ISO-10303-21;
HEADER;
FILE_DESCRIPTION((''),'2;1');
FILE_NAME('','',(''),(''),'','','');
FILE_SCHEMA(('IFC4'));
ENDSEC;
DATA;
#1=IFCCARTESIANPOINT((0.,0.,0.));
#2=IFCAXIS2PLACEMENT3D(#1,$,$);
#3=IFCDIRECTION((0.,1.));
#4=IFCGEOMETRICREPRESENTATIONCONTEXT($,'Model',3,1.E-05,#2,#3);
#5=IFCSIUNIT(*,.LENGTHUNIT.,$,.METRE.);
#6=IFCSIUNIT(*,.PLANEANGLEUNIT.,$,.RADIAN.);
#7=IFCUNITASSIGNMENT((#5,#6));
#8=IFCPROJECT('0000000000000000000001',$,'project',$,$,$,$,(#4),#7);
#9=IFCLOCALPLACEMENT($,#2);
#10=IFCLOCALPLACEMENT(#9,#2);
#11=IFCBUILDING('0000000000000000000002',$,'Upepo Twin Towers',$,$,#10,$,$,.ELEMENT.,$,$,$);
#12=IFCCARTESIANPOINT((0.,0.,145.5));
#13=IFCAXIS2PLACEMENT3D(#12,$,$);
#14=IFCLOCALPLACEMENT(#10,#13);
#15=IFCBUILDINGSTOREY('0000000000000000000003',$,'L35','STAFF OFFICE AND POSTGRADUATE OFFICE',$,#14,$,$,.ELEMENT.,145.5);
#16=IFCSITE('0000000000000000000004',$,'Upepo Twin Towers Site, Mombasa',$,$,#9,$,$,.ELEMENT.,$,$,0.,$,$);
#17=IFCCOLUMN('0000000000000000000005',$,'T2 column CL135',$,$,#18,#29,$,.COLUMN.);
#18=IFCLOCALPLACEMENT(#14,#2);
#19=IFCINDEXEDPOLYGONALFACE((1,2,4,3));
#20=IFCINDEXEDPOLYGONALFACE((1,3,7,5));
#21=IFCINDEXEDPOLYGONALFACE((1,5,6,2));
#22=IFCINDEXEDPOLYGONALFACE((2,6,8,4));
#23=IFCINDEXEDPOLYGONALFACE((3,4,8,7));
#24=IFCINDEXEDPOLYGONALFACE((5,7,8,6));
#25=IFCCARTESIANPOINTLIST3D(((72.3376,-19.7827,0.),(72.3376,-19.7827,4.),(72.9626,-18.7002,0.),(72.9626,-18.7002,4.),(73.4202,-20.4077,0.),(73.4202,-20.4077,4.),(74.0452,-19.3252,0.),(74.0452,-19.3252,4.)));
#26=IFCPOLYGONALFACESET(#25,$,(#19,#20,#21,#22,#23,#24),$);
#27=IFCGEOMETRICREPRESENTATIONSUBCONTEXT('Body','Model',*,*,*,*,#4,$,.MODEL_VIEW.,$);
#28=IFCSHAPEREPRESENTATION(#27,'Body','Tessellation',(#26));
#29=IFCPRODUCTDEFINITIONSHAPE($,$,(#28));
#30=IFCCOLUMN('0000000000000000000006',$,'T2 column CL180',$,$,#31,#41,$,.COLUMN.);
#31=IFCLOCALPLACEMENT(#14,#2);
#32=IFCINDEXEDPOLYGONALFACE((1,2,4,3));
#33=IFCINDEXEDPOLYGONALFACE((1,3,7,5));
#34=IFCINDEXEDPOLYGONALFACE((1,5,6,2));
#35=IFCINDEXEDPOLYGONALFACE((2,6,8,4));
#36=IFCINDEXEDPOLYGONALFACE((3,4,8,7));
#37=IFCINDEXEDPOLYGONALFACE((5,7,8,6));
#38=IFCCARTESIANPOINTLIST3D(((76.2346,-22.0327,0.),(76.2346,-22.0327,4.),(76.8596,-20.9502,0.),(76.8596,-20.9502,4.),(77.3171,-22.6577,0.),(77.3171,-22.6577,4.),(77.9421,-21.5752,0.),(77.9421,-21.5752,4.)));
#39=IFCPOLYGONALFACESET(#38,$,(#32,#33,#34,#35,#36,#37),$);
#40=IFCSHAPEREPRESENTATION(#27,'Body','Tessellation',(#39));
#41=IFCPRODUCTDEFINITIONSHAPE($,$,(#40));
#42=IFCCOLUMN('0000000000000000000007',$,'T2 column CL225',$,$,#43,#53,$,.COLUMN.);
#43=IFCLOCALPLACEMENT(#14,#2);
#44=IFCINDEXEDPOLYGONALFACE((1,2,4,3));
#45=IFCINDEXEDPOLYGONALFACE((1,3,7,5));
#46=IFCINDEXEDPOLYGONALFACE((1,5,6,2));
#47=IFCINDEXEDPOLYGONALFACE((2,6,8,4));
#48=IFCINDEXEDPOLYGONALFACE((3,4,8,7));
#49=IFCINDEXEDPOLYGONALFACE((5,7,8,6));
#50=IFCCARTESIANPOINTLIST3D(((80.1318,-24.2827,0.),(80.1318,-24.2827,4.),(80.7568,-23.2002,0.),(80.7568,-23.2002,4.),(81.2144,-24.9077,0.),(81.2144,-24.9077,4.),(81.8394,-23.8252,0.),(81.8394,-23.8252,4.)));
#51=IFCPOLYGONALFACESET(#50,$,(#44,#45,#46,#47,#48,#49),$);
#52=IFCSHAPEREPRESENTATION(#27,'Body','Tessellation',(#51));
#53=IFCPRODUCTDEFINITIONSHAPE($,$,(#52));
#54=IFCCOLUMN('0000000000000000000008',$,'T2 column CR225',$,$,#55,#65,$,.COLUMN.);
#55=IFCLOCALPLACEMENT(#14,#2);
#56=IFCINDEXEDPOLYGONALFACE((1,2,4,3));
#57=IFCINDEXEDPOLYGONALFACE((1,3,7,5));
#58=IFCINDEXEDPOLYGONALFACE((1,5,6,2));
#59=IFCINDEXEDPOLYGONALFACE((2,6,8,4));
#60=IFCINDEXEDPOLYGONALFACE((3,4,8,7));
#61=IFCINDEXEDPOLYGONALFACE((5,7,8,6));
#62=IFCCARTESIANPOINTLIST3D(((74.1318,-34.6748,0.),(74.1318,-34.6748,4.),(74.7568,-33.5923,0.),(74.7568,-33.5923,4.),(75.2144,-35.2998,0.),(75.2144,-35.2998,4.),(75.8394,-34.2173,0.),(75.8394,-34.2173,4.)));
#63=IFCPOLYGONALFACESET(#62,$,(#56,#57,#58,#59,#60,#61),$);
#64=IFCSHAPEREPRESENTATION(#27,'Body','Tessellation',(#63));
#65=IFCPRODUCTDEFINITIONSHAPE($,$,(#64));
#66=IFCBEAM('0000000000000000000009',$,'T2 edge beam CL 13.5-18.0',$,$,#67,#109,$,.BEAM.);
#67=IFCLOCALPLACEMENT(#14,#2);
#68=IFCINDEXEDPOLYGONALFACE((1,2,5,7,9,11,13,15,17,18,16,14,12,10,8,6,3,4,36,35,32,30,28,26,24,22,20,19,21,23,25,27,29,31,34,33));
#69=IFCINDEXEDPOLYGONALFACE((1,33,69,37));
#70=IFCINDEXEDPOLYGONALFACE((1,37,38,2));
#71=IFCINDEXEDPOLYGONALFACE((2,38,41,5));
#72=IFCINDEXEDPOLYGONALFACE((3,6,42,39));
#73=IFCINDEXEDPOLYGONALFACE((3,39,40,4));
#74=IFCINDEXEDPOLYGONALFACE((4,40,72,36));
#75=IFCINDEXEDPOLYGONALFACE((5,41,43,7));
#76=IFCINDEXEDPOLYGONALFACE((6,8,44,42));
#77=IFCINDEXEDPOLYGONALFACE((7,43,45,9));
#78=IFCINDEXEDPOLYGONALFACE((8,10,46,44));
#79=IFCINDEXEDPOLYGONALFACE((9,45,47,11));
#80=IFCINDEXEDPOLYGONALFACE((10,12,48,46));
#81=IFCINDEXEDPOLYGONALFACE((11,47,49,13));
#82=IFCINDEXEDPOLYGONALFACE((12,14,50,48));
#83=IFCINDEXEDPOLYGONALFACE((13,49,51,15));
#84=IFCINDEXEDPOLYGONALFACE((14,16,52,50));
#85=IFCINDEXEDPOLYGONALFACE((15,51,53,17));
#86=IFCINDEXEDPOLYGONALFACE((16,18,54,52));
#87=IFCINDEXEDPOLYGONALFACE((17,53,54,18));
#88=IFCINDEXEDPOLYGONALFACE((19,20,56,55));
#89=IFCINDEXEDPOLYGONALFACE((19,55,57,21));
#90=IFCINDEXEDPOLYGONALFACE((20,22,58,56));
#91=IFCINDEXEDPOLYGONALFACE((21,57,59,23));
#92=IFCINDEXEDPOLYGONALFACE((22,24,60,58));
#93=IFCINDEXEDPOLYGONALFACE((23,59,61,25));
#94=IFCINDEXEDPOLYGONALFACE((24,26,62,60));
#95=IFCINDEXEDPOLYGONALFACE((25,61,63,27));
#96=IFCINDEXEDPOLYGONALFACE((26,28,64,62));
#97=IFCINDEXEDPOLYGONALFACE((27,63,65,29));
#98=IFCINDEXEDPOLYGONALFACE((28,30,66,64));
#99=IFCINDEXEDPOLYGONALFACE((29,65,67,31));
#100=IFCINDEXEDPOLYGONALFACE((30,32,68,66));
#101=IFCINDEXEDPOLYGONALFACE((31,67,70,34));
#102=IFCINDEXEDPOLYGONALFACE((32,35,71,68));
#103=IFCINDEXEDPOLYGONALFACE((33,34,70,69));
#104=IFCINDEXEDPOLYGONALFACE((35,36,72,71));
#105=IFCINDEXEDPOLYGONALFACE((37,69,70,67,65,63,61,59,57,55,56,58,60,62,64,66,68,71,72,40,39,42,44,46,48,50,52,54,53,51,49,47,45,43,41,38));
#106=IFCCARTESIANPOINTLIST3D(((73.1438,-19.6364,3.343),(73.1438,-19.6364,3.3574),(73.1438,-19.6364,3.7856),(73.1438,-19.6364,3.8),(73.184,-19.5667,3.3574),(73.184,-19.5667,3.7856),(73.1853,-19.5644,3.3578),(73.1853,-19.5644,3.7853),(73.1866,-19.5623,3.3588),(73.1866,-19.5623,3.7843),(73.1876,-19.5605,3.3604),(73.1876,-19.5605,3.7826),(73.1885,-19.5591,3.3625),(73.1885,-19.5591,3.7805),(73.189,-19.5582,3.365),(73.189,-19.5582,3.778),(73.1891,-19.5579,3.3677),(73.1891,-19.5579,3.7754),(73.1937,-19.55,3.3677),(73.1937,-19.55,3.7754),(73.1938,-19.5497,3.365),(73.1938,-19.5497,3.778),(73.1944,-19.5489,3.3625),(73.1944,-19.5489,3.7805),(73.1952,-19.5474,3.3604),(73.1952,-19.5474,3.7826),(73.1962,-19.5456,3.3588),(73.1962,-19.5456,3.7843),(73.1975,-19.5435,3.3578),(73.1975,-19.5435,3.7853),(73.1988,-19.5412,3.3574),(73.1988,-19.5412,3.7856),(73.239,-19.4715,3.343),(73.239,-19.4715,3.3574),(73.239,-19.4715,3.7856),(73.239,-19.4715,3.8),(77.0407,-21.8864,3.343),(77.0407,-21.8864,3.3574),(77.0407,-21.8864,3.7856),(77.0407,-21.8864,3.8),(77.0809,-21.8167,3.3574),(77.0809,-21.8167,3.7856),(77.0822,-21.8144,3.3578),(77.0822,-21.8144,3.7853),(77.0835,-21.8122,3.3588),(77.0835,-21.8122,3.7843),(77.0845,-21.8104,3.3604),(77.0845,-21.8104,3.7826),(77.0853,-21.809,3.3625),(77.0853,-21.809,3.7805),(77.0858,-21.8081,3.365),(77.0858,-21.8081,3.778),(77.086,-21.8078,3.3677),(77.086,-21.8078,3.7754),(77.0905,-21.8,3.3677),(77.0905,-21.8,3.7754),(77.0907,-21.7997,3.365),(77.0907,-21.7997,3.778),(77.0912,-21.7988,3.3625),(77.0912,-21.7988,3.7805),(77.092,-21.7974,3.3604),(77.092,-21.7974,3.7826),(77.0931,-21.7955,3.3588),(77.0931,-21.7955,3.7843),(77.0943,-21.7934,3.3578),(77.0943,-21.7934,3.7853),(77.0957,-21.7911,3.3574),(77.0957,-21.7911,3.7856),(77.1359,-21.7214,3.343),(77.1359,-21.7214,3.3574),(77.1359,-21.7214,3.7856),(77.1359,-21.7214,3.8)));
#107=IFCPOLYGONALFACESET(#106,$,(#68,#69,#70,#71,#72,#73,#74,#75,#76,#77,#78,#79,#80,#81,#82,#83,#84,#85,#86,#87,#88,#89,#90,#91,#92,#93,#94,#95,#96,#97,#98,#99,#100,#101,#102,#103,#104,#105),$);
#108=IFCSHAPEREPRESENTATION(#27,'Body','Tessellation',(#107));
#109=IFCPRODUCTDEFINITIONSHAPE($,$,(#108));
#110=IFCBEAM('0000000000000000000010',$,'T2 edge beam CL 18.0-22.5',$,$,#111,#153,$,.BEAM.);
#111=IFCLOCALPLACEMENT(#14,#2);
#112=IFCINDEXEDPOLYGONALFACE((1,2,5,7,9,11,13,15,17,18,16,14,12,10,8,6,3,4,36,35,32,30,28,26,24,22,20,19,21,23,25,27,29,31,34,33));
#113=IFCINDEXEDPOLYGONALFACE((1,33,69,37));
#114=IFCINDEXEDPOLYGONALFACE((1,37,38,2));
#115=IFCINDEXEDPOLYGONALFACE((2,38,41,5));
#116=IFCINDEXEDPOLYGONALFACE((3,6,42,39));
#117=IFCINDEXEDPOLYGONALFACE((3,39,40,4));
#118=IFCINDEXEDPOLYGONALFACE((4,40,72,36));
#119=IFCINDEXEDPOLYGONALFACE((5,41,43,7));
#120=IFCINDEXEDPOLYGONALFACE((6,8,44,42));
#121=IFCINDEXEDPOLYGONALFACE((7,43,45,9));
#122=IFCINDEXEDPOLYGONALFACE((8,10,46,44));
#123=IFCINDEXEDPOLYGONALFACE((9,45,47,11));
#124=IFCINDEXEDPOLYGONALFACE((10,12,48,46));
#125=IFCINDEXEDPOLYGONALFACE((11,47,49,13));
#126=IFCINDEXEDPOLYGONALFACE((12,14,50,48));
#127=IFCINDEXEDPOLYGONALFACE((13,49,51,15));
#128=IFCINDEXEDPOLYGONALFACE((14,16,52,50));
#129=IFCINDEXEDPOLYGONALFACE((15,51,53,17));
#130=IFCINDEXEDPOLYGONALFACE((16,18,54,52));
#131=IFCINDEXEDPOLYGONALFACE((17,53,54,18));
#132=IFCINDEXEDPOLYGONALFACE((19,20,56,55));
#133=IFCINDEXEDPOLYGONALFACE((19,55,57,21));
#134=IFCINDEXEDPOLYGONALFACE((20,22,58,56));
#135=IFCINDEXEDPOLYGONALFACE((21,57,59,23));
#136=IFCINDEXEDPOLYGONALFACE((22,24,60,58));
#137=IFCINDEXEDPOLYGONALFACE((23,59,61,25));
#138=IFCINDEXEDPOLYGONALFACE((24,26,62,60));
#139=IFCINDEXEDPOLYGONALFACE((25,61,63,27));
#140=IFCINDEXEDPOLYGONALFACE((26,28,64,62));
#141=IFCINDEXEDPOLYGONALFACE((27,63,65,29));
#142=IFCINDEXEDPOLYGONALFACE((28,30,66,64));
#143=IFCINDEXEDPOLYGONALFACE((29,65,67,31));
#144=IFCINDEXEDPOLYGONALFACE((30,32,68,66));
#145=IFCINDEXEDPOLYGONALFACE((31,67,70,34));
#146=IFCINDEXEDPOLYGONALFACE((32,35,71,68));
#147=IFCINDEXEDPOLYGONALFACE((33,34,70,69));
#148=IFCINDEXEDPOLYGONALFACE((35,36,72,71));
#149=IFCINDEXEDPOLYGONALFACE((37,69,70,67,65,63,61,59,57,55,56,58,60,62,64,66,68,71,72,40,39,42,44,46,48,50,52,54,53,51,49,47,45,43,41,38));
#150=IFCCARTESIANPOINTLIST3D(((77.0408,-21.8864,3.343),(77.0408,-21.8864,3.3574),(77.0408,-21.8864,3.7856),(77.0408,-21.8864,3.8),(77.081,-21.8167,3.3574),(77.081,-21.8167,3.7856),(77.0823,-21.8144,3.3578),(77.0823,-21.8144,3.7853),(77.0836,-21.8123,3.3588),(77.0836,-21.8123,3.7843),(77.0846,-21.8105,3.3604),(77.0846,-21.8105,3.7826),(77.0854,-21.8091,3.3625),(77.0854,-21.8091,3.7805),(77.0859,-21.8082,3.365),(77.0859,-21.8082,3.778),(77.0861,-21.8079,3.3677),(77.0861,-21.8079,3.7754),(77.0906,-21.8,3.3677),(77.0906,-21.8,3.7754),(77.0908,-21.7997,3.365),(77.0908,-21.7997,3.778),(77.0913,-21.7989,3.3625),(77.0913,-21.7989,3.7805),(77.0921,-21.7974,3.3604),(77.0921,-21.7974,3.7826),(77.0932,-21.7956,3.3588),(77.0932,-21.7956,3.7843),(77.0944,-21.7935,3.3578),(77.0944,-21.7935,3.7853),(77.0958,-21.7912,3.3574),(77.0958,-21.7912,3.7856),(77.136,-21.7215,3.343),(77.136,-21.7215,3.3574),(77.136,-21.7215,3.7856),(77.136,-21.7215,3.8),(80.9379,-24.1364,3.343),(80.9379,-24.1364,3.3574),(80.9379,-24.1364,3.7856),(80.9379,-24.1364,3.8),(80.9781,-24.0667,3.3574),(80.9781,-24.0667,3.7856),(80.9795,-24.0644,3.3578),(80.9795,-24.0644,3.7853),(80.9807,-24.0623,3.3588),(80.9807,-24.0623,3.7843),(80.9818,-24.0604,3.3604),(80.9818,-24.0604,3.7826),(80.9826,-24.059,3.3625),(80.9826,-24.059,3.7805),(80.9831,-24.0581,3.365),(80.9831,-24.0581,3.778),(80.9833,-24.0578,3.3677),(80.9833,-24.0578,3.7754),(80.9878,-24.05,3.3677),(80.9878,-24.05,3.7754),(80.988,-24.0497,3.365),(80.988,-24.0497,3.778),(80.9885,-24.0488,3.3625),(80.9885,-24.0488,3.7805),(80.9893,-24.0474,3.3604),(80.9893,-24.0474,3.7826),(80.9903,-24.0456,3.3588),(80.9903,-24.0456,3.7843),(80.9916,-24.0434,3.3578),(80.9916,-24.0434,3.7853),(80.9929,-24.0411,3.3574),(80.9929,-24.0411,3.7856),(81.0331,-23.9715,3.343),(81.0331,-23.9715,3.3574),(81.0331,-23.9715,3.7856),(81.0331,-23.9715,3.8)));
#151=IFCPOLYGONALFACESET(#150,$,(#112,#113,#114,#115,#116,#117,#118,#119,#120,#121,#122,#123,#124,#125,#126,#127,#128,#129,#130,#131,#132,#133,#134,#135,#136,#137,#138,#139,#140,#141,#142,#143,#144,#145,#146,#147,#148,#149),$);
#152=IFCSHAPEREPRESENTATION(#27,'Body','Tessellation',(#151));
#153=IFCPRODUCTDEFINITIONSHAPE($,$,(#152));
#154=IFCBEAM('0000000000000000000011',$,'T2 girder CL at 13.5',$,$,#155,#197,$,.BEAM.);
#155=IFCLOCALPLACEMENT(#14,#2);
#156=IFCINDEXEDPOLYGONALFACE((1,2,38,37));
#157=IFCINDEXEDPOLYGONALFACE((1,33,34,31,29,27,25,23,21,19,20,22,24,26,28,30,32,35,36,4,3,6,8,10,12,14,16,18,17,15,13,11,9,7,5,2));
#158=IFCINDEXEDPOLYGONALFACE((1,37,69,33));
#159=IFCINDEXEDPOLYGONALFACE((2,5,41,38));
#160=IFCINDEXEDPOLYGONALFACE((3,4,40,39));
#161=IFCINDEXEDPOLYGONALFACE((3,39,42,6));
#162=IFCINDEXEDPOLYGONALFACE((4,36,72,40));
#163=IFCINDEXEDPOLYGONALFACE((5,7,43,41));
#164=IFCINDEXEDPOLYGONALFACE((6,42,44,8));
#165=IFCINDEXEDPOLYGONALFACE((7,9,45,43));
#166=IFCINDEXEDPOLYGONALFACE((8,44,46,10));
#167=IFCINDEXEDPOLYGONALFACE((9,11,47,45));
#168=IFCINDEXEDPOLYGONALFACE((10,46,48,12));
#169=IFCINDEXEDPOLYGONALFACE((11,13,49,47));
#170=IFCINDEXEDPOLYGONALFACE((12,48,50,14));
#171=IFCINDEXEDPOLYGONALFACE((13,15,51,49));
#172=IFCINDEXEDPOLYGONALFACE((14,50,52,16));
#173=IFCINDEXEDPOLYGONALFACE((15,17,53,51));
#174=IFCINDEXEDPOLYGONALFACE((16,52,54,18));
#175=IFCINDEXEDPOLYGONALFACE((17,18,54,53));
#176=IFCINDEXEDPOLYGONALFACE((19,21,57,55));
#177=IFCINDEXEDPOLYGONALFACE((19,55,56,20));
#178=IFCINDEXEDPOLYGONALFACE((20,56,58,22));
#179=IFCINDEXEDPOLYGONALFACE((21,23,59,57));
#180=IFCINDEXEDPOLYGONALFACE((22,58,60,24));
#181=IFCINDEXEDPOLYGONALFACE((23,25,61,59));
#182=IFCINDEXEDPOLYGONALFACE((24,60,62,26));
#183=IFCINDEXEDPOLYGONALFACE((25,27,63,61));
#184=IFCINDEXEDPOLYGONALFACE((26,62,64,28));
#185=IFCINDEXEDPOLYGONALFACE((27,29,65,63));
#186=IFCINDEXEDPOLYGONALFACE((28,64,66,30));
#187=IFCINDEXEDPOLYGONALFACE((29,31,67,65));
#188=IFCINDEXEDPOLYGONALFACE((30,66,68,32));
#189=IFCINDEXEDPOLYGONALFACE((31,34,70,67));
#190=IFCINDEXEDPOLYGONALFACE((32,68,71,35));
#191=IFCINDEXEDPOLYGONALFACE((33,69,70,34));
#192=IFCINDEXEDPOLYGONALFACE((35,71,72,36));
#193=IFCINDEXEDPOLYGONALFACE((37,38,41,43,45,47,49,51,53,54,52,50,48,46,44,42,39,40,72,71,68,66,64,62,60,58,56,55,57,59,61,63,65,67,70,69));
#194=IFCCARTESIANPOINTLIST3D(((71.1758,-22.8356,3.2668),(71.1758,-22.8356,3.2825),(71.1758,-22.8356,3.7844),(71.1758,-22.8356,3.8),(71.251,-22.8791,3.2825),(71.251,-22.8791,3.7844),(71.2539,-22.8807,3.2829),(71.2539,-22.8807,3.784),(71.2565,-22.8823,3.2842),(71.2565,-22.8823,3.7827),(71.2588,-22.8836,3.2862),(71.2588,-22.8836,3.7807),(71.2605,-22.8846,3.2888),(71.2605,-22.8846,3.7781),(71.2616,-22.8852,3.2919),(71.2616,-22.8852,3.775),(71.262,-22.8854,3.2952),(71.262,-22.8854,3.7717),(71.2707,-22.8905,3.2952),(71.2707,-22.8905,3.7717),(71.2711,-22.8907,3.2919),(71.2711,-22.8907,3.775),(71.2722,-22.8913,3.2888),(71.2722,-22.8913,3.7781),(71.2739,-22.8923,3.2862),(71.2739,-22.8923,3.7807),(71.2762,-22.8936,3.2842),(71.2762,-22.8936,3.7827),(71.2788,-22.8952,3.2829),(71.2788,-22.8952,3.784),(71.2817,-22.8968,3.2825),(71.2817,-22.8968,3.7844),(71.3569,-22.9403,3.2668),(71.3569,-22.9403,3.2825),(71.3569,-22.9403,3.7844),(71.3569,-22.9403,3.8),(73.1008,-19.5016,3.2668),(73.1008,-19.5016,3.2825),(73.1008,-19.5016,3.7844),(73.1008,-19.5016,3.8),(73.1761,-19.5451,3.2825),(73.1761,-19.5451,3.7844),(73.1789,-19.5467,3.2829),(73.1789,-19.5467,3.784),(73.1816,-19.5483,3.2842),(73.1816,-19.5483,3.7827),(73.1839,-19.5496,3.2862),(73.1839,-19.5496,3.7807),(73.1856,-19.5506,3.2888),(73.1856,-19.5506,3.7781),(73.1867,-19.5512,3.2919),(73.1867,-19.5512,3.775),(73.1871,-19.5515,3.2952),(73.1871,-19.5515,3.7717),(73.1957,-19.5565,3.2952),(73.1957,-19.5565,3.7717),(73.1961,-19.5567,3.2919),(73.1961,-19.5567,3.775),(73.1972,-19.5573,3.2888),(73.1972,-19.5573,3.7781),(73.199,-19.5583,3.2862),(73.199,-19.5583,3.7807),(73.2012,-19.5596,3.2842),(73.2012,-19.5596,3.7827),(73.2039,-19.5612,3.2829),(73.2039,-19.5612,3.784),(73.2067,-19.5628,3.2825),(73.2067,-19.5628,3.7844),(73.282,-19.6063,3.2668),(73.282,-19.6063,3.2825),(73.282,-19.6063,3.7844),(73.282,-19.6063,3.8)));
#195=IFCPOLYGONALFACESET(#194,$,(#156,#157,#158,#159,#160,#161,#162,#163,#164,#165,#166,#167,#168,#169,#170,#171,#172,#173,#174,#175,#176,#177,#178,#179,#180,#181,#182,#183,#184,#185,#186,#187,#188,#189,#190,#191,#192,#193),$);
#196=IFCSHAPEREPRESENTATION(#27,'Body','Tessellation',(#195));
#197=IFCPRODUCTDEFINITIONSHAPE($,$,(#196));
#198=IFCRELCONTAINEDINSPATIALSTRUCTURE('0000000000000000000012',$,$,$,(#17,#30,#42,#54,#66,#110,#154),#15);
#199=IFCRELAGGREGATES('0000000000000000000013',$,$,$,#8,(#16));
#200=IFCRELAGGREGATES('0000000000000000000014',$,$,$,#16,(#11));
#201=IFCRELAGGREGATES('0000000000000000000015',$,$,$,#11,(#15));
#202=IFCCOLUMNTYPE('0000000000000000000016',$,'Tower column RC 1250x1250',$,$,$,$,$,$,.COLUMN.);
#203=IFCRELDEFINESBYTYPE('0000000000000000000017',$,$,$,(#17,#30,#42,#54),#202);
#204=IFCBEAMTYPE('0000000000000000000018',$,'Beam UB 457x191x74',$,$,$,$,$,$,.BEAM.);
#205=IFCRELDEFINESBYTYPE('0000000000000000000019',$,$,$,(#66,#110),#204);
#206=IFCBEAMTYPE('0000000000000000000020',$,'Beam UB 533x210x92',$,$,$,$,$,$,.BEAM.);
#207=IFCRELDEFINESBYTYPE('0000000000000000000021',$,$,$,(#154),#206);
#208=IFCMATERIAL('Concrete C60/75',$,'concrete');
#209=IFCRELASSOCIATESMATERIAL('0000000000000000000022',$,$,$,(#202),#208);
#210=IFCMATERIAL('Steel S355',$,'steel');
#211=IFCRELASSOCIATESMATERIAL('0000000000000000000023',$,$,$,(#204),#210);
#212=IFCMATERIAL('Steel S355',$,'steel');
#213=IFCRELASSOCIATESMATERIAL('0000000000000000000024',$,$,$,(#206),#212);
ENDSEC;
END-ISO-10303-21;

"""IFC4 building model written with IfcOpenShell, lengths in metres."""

from ifc_helpers import new_model, si_unit, direction, frame, origin, origin_2d, place, context, subcontext, project, spatial, rectangle, i_section, extrude, material, material_profile, profile_set, type_object, element, save


model = new_model("IFC4")

# Units and contexts
model_context = context("Model", 3, precision=1e-05, world=origin(), true_north=direction((0.0, 1.0)))
body_context = subcontext(model_context, "Body", "Model", "MODEL_VIEW")
ifc_project = project(units=[si_unit("LENGTHUNIT", "METRE"), si_unit("PLANEANGLEUNIT", "RADIAN")], contexts=[model_context])

# Site, building, storey
site_placement = place(None, origin())
site = spatial("IfcSite", under=ifc_project, at=site_placement, Name="Upepo Twin Towers Site, Mombasa", CompositionType="ELEMENT", RefElevation=0.0)
building_placement = place(site_placement, origin())
building = spatial("IfcBuilding", under=site, at=building_placement, Name="Upepo Twin Towers", CompositionType="ELEMENT")
storey_placement = place(building_placement, frame((0.0, 0.0, 145.5)))
storey = spatial("IfcBuildingStorey", under=building, at=storey_placement, Name="L35", Description="STAFF OFFICE AND POSTGRADUATE OFFICE", CompositionType="ELEMENT", Elevation=145.5)

# Columns
ifc_material_1 = material(Name="Concrete C60/75", Category="concrete")
ifc_material_profile_1 = material_profile(ifc_material_1, rectangle(XDim=1.25, YDim=1.25, at=origin_2d()), Name="RC 1250x1250")
ifc_profile_set_1 = profile_set([ifc_material_profile_1], Name="Concrete C60/75")
column_type = type_object("IfcColumnType", Name="Tower column RC 1250x1250", PredefinedType="COLUMN", material=ifc_profile_set_1)
for number, where, z_axis, x_axis, name in (
    (1, (73.1914, -19.554, 0.0), (0.0, 0.0, 1.0), (0.5, 0.866025, 0.0), "T2 column CL135"),
    (2, (77.0884, -21.804, 0.0), (0.0, 0.0, 1.0), (0.5, 0.866025, 0.0), "T2 column CL180"),
    (3, (80.9856, -24.054, 0.0), (0.0, 0.0, 1.0), (0.5, 0.866025, 0.0), "T2 column CL225"),
    (4, (74.9856, -34.446, 0.0), (0.0, 0.0, 1.0), (0.5, 0.866025, 0.0), "T2 column CR225"),
):
    element("IfcColumn", number, at=place(storey_placement, frame(where, z_axis=z_axis, x_axis=x_axis)), inside=storey, type_object=column_type, Name=name, PredefinedType="COLUMN", context=body_context, shape_type="SweptSolid", body=[
        extrude(rectangle(XDim=1.25, YDim=1.25, at=origin_2d()), origin(), (0.0, 0.0, 1.0), 4.0),
    ])

# Beams
ifc_material_2 = material(Name="Steel S355", Category="steel")
ifc_material_profile_2 = material_profile(ifc_material_2, i_section(OverallWidth=0.1904, OverallDepth=0.457, WebThickness=0.009, FlangeThickness=0.0144, FilletRadius=0.0103, at=origin_2d()), Name="UB 457x191x74")
ifc_profile_set_2 = profile_set([ifc_material_profile_2], Name="Steel S355")
beam_type_1 = type_object("IfcBeamType", Name="Beam UB 457x191x74", PredefinedType="BEAM", material=ifc_profile_set_2)
beam_1_placement = place(storey_placement, frame((73.1914, -19.554, 3.5715), z_axis=(0.866018, -0.500014, 0.0), x_axis=(0.500014, 0.866018, 0.0)))
element("IfcBeam", 5, at=beam_1_placement, inside=storey, type_object=beam_type_1, Name="T2 edge beam CL 13.5-18.0", PredefinedType="BEAM", context=body_context, shape_type="SweptSolid", body=[
    extrude(i_section(OverallWidth=0.1904, OverallDepth=0.457, WebThickness=0.009, FlangeThickness=0.0144, FilletRadius=0.0103, at=origin_2d()), origin(), (0.0, 0.0, 1.0), 4.4998),
])
beam_2_placement = place(storey_placement, frame((77.0884, -21.804, 3.5715), z_axis=(0.866031, -0.49999, 0.0), x_axis=(0.49999, 0.866031, 0.0)))
element("IfcBeam", 6, at=beam_2_placement, inside=storey, type_object=beam_type_1, Name="T2 edge beam CL 18.0-22.5", PredefinedType="BEAM", context=body_context, shape_type="SweptSolid", body=[
    extrude(i_section(OverallWidth=0.1904, OverallDepth=0.457, WebThickness=0.009, FlangeThickness=0.0144, FilletRadius=0.0103, at=origin_2d()), origin(), (0.0, 0.0, 1.0), 4.5),
])
ifc_material_3 = material(Name="Steel S355", Category="steel")
ifc_material_profile_3 = material_profile(ifc_material_3, i_section(OverallWidth=0.2092, OverallDepth=0.5332, WebThickness=0.01, FlangeThickness=0.0156, FilletRadius=0.0127, at=origin_2d()), Name="UB 533x210x92")
ifc_profile_set_3 = profile_set([ifc_material_profile_3], Name="Steel S355")
beam_type_2 = type_object("IfcBeamType", Name="Beam UB 533x210x92", PredefinedType="BEAM", material=ifc_profile_set_3)
beam_3_placement = place(storey_placement, frame((73.1914, -19.554, 3.5334), z_axis=(-0.500034, -0.866006, 0.0), x_axis=(0.866006, -0.500034, 0.0)))
element("IfcBeam", 7, at=beam_3_placement, inside=storey, type_object=beam_type_2, Name="T2 girder CL at 13.5", PredefinedType="BEAM", context=body_context, shape_type="SweptSolid", body=[
    extrude(i_section(OverallWidth=0.2092, OverallDepth=0.5332, WebThickness=0.01, FlangeThickness=0.0156, FilletRadius=0.0127, at=origin_2d()), origin(), (0.0, 0.0, 1.0), 3.8499),
])

save(model, "model.ifc")
